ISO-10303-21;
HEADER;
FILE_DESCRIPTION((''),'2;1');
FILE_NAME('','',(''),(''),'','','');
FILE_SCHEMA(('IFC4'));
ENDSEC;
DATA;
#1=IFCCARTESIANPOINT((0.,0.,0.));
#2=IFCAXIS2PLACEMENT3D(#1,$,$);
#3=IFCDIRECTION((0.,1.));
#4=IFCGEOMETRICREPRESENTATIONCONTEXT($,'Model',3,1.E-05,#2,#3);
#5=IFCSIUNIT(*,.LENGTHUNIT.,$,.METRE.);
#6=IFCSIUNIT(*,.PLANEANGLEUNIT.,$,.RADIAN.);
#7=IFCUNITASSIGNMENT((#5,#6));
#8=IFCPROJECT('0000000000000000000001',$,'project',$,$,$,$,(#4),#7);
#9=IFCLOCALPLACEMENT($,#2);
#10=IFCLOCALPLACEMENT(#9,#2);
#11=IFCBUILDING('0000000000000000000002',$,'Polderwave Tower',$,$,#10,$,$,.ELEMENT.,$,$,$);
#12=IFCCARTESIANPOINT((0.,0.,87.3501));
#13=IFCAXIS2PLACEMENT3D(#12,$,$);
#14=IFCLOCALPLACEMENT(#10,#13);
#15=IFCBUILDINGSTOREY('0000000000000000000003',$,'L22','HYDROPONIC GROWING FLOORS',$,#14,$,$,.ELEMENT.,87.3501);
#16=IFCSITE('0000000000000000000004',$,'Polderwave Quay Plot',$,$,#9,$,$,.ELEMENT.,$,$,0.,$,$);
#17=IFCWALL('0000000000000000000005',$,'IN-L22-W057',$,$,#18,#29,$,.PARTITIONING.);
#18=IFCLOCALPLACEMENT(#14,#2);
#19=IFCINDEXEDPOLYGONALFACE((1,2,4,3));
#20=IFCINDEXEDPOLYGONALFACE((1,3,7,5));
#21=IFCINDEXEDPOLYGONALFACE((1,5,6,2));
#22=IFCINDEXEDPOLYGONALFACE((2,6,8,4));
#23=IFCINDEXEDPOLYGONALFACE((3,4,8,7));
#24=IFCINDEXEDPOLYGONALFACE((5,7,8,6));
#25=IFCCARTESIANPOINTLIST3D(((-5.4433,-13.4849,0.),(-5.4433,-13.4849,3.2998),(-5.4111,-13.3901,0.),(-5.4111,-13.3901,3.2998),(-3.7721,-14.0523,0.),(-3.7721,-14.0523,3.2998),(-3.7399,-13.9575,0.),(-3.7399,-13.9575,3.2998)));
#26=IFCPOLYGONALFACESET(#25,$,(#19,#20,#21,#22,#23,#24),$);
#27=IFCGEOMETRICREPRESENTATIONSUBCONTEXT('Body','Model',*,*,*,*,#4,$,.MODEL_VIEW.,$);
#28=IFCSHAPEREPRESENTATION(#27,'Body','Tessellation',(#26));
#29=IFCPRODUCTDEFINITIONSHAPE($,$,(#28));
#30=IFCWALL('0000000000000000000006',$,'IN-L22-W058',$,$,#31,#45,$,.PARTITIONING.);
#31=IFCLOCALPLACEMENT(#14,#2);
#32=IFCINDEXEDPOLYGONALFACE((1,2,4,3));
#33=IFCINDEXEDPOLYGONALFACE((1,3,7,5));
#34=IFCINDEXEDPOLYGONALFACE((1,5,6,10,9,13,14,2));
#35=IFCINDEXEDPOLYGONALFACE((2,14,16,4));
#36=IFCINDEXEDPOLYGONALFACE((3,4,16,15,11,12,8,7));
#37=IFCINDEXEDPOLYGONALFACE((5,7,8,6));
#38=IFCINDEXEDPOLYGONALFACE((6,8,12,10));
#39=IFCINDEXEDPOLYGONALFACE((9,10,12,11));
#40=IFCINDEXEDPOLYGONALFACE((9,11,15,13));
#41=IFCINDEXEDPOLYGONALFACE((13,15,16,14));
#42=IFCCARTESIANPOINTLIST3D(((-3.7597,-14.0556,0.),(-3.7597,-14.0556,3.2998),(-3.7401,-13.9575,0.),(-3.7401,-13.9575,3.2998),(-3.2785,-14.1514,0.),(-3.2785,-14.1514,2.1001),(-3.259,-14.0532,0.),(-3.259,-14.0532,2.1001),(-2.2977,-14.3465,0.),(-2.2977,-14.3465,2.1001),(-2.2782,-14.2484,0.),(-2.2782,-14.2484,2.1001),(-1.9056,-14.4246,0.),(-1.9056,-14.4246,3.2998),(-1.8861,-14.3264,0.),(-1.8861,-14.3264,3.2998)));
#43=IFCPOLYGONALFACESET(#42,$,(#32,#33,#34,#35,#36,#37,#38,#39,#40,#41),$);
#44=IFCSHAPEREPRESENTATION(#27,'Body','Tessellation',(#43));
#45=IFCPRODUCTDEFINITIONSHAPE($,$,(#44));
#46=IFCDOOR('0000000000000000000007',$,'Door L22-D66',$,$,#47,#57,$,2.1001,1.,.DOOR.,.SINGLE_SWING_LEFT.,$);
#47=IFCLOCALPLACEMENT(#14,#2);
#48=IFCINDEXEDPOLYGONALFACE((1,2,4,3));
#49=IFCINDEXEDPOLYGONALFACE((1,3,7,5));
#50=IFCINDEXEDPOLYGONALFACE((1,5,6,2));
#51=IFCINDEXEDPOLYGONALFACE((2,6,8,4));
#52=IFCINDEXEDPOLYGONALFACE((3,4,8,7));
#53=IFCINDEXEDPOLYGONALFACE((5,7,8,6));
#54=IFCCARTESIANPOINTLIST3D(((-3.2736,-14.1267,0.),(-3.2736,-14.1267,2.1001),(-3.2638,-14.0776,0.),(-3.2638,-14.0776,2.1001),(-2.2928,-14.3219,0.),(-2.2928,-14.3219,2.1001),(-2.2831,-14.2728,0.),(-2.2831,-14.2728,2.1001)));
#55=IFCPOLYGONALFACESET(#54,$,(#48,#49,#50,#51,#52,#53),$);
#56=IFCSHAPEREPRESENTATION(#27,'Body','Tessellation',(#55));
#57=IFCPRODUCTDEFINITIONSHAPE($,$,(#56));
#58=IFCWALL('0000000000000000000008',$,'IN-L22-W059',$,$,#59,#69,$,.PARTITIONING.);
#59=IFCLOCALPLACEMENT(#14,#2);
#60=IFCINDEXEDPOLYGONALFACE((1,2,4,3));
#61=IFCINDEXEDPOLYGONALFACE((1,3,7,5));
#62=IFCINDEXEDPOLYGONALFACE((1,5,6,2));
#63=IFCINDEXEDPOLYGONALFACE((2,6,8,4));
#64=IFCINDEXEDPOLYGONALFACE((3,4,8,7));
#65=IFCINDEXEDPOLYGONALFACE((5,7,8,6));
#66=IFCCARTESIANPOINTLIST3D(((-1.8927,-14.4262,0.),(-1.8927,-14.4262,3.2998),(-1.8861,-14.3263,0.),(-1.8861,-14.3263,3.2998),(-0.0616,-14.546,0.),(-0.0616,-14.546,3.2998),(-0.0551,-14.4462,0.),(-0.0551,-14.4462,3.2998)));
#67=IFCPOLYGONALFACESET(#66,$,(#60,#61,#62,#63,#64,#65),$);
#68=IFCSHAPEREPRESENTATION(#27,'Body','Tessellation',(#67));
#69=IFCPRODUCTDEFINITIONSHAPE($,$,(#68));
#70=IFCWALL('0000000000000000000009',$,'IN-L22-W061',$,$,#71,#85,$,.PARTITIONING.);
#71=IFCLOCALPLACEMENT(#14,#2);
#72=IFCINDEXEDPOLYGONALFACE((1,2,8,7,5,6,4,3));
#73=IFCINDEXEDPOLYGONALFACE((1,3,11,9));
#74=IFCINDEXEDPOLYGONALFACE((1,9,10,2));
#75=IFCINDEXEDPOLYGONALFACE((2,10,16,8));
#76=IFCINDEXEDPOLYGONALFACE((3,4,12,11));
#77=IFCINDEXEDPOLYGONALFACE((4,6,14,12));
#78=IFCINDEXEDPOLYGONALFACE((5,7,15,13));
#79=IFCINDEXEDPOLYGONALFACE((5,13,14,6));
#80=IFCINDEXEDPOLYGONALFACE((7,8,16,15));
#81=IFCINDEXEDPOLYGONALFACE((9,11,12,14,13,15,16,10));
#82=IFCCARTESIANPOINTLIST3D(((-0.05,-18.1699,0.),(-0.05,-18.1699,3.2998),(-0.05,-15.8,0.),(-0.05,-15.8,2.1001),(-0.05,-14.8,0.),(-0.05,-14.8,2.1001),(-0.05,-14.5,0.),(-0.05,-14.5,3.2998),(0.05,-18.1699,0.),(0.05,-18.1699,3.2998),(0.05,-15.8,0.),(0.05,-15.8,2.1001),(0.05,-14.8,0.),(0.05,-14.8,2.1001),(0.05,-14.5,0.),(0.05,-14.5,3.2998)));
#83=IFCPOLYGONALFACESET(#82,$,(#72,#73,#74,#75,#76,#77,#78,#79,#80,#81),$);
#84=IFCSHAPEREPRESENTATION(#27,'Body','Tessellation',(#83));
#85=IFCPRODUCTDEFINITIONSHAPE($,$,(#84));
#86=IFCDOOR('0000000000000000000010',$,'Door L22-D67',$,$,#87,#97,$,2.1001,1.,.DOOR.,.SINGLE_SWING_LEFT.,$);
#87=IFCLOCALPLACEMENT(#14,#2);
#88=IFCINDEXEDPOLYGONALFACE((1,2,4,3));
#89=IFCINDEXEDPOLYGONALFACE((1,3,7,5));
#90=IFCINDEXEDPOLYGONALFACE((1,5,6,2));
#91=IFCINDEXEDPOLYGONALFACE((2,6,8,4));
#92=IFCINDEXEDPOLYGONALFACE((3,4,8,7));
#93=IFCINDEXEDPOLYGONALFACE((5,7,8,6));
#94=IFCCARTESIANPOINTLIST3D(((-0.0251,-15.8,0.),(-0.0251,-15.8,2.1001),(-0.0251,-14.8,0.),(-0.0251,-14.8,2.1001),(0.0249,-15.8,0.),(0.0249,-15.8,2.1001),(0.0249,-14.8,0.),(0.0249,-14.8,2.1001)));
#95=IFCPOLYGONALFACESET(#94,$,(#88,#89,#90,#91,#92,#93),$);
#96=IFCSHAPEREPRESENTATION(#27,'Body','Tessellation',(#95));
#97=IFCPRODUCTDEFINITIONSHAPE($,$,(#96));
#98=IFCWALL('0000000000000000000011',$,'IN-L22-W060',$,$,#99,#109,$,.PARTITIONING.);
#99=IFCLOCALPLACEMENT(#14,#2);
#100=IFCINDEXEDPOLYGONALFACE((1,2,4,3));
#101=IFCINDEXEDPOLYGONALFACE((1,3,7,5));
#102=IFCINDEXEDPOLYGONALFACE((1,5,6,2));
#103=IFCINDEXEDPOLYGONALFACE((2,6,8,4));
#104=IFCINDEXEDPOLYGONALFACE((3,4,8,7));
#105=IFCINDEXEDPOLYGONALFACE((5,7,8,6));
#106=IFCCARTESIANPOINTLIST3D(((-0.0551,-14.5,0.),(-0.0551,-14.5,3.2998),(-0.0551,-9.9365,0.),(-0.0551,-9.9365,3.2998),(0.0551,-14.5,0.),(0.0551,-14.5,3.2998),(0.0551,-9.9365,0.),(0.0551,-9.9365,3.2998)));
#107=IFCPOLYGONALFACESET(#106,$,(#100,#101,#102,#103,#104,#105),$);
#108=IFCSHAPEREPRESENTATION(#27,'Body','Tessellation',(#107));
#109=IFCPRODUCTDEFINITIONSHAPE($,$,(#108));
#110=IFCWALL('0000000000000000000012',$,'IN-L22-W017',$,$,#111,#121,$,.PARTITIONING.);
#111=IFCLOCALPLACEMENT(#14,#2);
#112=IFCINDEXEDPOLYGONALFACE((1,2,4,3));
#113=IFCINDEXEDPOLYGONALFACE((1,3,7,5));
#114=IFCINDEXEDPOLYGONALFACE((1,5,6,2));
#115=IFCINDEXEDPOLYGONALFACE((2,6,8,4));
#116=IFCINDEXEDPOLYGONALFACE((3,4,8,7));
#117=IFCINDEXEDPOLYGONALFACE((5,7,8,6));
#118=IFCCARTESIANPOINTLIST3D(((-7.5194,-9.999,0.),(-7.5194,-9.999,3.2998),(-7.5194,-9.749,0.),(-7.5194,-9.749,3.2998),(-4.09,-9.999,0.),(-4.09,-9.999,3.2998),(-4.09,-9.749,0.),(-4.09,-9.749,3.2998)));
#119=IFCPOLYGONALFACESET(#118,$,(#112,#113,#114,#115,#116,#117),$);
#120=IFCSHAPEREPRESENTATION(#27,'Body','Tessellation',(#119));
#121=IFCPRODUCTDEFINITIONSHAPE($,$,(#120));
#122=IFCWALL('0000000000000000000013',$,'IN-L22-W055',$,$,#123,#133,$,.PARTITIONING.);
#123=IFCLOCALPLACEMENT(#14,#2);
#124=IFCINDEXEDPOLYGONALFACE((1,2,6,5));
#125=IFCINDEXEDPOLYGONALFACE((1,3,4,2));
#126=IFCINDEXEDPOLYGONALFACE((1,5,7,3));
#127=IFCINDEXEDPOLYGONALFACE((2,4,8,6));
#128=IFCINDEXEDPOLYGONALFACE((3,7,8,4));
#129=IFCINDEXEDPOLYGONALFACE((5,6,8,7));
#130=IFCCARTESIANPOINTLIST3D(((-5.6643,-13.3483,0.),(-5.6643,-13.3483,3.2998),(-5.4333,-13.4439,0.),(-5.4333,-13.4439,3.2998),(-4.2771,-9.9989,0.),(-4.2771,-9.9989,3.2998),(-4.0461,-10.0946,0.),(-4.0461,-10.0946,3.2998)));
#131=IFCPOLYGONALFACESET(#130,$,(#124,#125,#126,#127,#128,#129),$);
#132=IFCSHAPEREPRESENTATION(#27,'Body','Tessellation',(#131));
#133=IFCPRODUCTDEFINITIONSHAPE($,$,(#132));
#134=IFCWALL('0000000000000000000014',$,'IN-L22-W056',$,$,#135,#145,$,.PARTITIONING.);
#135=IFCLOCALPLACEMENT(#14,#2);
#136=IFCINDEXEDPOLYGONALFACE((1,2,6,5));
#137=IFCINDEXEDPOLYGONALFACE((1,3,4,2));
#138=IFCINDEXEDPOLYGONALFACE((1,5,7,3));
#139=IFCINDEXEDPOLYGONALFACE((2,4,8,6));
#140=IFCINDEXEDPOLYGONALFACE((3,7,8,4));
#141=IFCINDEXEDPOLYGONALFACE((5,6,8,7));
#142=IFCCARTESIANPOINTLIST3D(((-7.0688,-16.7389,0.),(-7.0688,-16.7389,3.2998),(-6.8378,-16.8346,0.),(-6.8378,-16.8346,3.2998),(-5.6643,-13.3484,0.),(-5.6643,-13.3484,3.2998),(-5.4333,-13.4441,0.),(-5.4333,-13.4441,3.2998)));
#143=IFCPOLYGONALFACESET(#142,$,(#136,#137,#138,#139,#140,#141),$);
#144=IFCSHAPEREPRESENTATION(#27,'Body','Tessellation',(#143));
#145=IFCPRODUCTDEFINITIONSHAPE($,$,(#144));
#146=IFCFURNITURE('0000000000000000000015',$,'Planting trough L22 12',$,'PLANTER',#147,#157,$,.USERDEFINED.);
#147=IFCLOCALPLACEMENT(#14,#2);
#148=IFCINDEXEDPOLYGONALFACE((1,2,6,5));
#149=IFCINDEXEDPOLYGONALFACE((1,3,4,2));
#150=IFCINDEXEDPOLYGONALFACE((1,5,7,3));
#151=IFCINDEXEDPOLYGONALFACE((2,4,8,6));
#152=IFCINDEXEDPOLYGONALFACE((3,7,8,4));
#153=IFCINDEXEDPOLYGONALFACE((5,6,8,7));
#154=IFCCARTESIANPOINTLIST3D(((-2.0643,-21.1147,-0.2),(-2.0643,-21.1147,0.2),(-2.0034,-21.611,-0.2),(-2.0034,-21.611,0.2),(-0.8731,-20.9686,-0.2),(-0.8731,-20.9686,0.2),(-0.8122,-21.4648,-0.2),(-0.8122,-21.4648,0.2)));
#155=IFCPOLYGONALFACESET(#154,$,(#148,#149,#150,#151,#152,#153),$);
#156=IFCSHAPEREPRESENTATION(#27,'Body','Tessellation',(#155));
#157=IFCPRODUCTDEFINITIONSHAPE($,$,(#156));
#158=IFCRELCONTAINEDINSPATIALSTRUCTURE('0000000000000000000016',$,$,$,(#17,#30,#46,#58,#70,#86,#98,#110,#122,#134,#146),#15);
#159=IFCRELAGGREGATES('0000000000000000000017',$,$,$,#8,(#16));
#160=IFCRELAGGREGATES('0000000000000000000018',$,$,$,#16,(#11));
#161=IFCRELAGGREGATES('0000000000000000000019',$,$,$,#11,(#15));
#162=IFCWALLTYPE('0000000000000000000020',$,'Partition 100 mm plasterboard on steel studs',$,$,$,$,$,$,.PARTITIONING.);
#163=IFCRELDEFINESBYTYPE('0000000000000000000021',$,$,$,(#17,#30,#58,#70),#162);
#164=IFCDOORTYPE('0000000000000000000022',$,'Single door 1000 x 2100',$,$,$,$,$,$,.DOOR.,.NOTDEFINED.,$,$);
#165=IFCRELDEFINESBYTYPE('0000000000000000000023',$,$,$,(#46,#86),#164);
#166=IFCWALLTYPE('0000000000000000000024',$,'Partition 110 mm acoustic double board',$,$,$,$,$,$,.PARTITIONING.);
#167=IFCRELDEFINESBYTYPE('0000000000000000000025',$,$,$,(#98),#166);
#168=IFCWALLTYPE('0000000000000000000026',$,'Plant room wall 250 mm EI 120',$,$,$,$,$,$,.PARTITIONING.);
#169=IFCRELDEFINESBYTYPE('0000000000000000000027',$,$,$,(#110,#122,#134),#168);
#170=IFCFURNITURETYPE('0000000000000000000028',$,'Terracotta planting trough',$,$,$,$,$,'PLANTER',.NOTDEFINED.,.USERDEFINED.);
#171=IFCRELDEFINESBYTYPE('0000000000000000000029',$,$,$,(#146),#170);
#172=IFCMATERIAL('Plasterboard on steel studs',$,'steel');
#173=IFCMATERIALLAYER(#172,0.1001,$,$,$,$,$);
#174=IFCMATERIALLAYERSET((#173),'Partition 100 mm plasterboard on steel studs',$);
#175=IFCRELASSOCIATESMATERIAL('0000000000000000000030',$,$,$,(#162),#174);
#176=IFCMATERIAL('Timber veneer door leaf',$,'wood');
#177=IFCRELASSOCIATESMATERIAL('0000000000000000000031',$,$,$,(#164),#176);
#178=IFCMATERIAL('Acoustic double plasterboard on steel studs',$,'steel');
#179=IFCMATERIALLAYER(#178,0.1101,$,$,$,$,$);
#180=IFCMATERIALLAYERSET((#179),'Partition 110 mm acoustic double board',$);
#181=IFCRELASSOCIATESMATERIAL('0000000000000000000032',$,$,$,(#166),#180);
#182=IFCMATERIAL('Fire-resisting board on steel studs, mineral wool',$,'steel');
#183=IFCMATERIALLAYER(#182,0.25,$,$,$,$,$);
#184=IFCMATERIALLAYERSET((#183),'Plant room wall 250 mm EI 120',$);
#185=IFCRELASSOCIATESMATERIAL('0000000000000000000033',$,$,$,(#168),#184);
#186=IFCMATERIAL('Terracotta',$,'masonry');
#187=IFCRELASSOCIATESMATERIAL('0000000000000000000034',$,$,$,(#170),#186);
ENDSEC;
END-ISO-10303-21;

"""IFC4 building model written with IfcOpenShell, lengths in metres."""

from ifc_helpers import new_model, si_unit, direction, frame, frame_2d, origin, origin_2d, place, context, subcontext, project, spatial, rectangle, extrude, material, layer, layer_set, type_object, element, fill, save


model = new_model("IFC4")

# Units and contexts
model_context = context("Model", 3, precision=1e-05, world=origin(), true_north=direction((0.0, 1.0)))
body_context = subcontext(model_context, "Body", "Model", "MODEL_VIEW")
ifc_project = project(units=[si_unit("LENGTHUNIT", "METRE"), si_unit("PLANEANGLEUNIT", "RADIAN")], contexts=[model_context])

# Site, building, storey
site_placement = place(None, origin())
site = spatial("IfcSite", under=ifc_project, at=site_placement, Name="Polderwave Quay Plot", CompositionType="ELEMENT", RefElevation=0.0)
building_placement = place(site_placement, origin())
building = spatial("IfcBuilding", under=site, at=building_placement, Name="Polderwave Tower", CompositionType="ELEMENT")
storey_placement = place(building_placement, frame((0.0, 0.0, 87.3501)))
storey = spatial("IfcBuildingStorey", under=building, at=storey_placement, Name="L22", Description="HYDROPONIC GROWING FLOORS", CompositionType="ELEMENT", Elevation=87.3501)

# Wall
ifc_material_1 = material(Name="Plasterboard on steel studs", Category="steel")
ifc_layer_1 = layer(ifc_material_1, 0.1001)
ifc_layer_set_1 = layer_set([ifc_layer_1], Name="Partition 100 mm plasterboard on steel studs")
wall_type_1 = type_object("IfcWallType", Name="Partition 100 mm plasterboard on steel studs", PredefinedType="PARTITIONING", material=ifc_layer_set_1)
wall_1_placement = place(storey_placement, frame((-3.7561, -14.0049, 0.0), z_axis=(0.0, 0.0, 1.0), x_axis=(-0.946912, 0.321493, 0.0)))
element("IfcWall", 1, at=wall_1_placement, inside=storey, type_object=wall_type_1, Name="IN-L22-W057", PredefinedType="PARTITIONING", context=body_context, shape_type="SweptSolid", body=[
    extrude(rectangle(XDim=1.7649, YDim=0.1001, at=frame_2d((0.8823, 0.0))), origin(), (0.0, 0.0, 1.0), 3.2998),
])

# Wall, opening, door
wall_2_placement = place(storey_placement, frame((-1.8958, -14.3755, 0.0), z_axis=(0.0, 0.0, 1.0), x_axis=(-0.980774, 0.195147, 0.0)))
wall_2 = element("IfcWall", 2, at=wall_2_placement, inside=storey, type_object=wall_type_1, Name="IN-L22-W058", PredefinedType="PARTITIONING", context=body_context, shape_type="SweptSolid", body=[
    extrude(rectangle(XDim=1.8904, YDim=0.1001, at=frame_2d((0.9453, 0.0))), origin(), (0.0, 0.0, 1.0), 3.2998),
])
opening_1_placement = place(wall_2_placement, frame((0.3999, 0.0, 0.0)))
opening_1 = element("IfcOpeningElement", 3, at=opening_1_placement, cuts=wall_2, PredefinedType="OPENING", context=body_context, shape_type="SweptSolid", body=[
    extrude(rectangle(XDim=1.0, YDim=2.1001, at=frame_2d((0.5, 1.05))), frame((0.0, 0.0601, 0.0), z_axis=(0.0, -1.0, 0.0), x_axis=(1.0, 0.0, 0.0)), (0.0, 0.0, 1.0), 0.1201),
])
ifc_material_2 = material(Name="Timber veneer door leaf", Category="wood")
door_type_1 = type_object("IfcDoorType", Name="Single door 1000 x 2100", OperationType="NOTDEFINED", PredefinedType="DOOR", material=ifc_material_2)
door_1_placement = place(opening_1_placement, origin())
door_1 = element("IfcDoor", 4, at=door_1_placement, inside=storey, type_object=door_type_1, Name="Door L22-D66", OperationType="SINGLE_SWING_LEFT", OverallHeight=2.1001, OverallWidth=1.0, PredefinedType="DOOR", context=body_context, shape_type="SweptSolid", body=[
    extrude(rectangle(XDim=1.0, YDim=2.1001, at=frame_2d((0.5, 1.05))), frame((0.0, 0.0249, 0.0), z_axis=(0.0, -1.0, 0.0), x_axis=(1.0, 0.0, 0.0)), (0.0, 0.0, 1.0), 0.05),
])
fill(opening_1, door_1)

# Wall
wall_3_placement = place(storey_placement, frame((-0.0583, -14.4961, 0.0), z_axis=(0.0, 0.0, 1.0), x_axis=(-0.997864, 0.065327, 0.0)))
element("IfcWall", 5, at=wall_3_placement, inside=storey, type_object=wall_type_1, Name="IN-L22-W059", PredefinedType="PARTITIONING", context=body_context, shape_type="SweptSolid", body=[
    extrude(rectangle(XDim=1.835, YDim=0.1001, at=frame_2d((0.9175, 0.0))), origin(), (0.0, 0.0, 1.0), 3.2998),
])

# Wall, opening, door
wall_4_placement = place(storey_placement, frame((0.0, -14.5, 0.0), z_axis=(0.0, 0.0, 1.0), x_axis=(0.0, -1.0, 0.0)))
wall_4 = element("IfcWall", 6, at=wall_4_placement, inside=storey, type_object=wall_type_1, Name="IN-L22-W061", PredefinedType="PARTITIONING", context=body_context, shape_type="SweptSolid", body=[
    extrude(rectangle(XDim=3.6699, YDim=0.1001, at=frame_2d((1.835, 0.0))), origin(), (0.0, 0.0, 1.0), 3.2998),
])
opening_2_placement = place(wall_4_placement, frame((0.3, 0.0, 0.0)))
opening_2 = element("IfcOpeningElement", 7, at=opening_2_placement, cuts=wall_4, PredefinedType="OPENING", context=body_context, shape_type="SweptSolid", body=[
    extrude(rectangle(XDim=1.0, YDim=2.1001, at=frame_2d((0.5, 1.05))), frame((0.0, 0.0601, 0.0), z_axis=(0.0, -1.0, 0.0), x_axis=(1.0, 0.0, 0.0)), (0.0, 0.0, 1.0), 0.1201),
])
door_2_placement = place(opening_2_placement, origin())
door_2 = element("IfcDoor", 8, at=door_2_placement, inside=storey, type_object=door_type_1, Name="Door L22-D67", OperationType="SINGLE_SWING_LEFT", OverallHeight=2.1001, OverallWidth=1.0, PredefinedType="DOOR", context=body_context, shape_type="SweptSolid", body=[
    extrude(rectangle(XDim=1.0, YDim=2.1001, at=frame_2d((0.5, 1.05))), frame((0.0, 0.0249, 0.0), z_axis=(0.0, -1.0, 0.0), x_axis=(1.0, 0.0, 0.0)), (0.0, 0.0, 1.0), 0.05),
])
fill(opening_2, door_2)

# Walls
ifc_material_3 = material(Name="Acoustic double plasterboard on steel studs", Category="steel")
ifc_layer_2 = layer(ifc_material_3, 0.1101)
ifc_layer_set_2 = layer_set([ifc_layer_2], Name="Partition 110 mm acoustic double board")
wall_type_2 = type_object("IfcWallType", Name="Partition 110 mm acoustic double board", PredefinedType="PARTITIONING", material=ifc_layer_set_2)
wall_5_placement = place(storey_placement, frame((0.0, -9.9365, 0.0), z_axis=(0.0, 0.0, 1.0), x_axis=(0.0, -1.0, 0.0)))
element("IfcWall", 9, at=wall_5_placement, inside=storey, type_object=wall_type_2, Name="IN-L22-W060", PredefinedType="PARTITIONING", context=body_context, shape_type="SweptSolid", body=[
    extrude(rectangle(XDim=4.5635, YDim=0.1101, at=frame_2d((2.2817, 0.0))), origin(), (0.0, 0.0, 1.0), 3.2998),
])
ifc_material_4 = material(Name="Fire-resisting board on steel studs, mineral wool", Category="steel")
ifc_layer_3 = layer(ifc_material_4, 0.25)
ifc_layer_set_3 = layer_set([ifc_layer_3], Name="Plant room wall 250 mm EI 120")
wall_type_3 = type_object("IfcWallType", Name="Plant room wall 250 mm EI 120", PredefinedType="PARTITIONING", material=ifc_layer_set_3)
wall_6_placement = place(storey_placement, frame((-4.0898, -9.874, 0.0), z_axis=(0.0, 0.0, 1.0), x_axis=(-1.0, 0.0, 0.0)))
element("IfcWall", 10, at=wall_6_placement, inside=storey, type_object=wall_type_3, Name="IN-L22-W017", PredefinedType="PARTITIONING", context=body_context, shape_type="SweptSolid", body=[
    extrude(rectangle(XDim=3.4294, YDim=0.25, at=frame_2d((1.7148, 0.0))), origin(), (0.0, 0.0, 1.0), 3.2998),
])
wall_7_placement = place(storey_placement, frame((-4.1616, -10.0469, 0.0), z_axis=(0.0, 0.0, 1.0), x_axis=(-0.382649, -0.923894, 0.0)))
element("IfcWall", 11, at=wall_7_placement, inside=storey, type_object=wall_type_3, Name="IN-L22-W055", PredefinedType="PARTITIONING", context=body_context, shape_type="SweptSolid", body=[
    extrude(rectangle(XDim=3.6252, YDim=0.25, at=frame_2d((1.8125, 0.0))), origin(), (0.0, 0.0, 1.0), 3.2998),
])
wall_8_placement = place(storey_placement, frame((-5.5488, -13.3962, 0.0), z_axis=(0.0, 0.0, 1.0), x_axis=(-0.382706, -0.92387, 0.0)))
element("IfcWall", 12, at=wall_8_placement, inside=storey, type_object=wall_type_3, Name="IN-L22-W056", PredefinedType="PARTITIONING", context=body_context, shape_type="SweptSolid", body=[
    extrude(rectangle(XDim=3.6699, YDim=0.25, at=frame_2d((1.835, 0.0))), origin(), (0.0, 0.0, 1.0), 3.2998),
])

# Furniture
ifc_material_5 = material(Name="Terracotta", Category="masonry")
furniture_type = type_object("IfcFurnitureType", Name="Terracotta planting trough", ElementType="PLANTER", AssemblyPlace="NOTDEFINED", PredefinedType="USERDEFINED", material=ifc_material_5)
furniture_placement = place(storey_placement, frame((-1.4382, -21.2898, -0.2), z_axis=(0.0, 0.0, 1.0), x_axis=(0.992555, 0.1218, 0.0)))
element("IfcFurniture", 13, at=furniture_placement, inside=storey, type_object=furniture_type, Name="Planting trough L22 12", ObjectType="PLANTER", PredefinedType="USERDEFINED", context=body_context, shape_type="SweptSolid", body=[
    extrude(rectangle(XDim=1.2002, YDim=0.5, at=origin_2d()), origin(), (0.0, 0.0, 1.0), 0.3999),
])

save(model, "model.ifc")
